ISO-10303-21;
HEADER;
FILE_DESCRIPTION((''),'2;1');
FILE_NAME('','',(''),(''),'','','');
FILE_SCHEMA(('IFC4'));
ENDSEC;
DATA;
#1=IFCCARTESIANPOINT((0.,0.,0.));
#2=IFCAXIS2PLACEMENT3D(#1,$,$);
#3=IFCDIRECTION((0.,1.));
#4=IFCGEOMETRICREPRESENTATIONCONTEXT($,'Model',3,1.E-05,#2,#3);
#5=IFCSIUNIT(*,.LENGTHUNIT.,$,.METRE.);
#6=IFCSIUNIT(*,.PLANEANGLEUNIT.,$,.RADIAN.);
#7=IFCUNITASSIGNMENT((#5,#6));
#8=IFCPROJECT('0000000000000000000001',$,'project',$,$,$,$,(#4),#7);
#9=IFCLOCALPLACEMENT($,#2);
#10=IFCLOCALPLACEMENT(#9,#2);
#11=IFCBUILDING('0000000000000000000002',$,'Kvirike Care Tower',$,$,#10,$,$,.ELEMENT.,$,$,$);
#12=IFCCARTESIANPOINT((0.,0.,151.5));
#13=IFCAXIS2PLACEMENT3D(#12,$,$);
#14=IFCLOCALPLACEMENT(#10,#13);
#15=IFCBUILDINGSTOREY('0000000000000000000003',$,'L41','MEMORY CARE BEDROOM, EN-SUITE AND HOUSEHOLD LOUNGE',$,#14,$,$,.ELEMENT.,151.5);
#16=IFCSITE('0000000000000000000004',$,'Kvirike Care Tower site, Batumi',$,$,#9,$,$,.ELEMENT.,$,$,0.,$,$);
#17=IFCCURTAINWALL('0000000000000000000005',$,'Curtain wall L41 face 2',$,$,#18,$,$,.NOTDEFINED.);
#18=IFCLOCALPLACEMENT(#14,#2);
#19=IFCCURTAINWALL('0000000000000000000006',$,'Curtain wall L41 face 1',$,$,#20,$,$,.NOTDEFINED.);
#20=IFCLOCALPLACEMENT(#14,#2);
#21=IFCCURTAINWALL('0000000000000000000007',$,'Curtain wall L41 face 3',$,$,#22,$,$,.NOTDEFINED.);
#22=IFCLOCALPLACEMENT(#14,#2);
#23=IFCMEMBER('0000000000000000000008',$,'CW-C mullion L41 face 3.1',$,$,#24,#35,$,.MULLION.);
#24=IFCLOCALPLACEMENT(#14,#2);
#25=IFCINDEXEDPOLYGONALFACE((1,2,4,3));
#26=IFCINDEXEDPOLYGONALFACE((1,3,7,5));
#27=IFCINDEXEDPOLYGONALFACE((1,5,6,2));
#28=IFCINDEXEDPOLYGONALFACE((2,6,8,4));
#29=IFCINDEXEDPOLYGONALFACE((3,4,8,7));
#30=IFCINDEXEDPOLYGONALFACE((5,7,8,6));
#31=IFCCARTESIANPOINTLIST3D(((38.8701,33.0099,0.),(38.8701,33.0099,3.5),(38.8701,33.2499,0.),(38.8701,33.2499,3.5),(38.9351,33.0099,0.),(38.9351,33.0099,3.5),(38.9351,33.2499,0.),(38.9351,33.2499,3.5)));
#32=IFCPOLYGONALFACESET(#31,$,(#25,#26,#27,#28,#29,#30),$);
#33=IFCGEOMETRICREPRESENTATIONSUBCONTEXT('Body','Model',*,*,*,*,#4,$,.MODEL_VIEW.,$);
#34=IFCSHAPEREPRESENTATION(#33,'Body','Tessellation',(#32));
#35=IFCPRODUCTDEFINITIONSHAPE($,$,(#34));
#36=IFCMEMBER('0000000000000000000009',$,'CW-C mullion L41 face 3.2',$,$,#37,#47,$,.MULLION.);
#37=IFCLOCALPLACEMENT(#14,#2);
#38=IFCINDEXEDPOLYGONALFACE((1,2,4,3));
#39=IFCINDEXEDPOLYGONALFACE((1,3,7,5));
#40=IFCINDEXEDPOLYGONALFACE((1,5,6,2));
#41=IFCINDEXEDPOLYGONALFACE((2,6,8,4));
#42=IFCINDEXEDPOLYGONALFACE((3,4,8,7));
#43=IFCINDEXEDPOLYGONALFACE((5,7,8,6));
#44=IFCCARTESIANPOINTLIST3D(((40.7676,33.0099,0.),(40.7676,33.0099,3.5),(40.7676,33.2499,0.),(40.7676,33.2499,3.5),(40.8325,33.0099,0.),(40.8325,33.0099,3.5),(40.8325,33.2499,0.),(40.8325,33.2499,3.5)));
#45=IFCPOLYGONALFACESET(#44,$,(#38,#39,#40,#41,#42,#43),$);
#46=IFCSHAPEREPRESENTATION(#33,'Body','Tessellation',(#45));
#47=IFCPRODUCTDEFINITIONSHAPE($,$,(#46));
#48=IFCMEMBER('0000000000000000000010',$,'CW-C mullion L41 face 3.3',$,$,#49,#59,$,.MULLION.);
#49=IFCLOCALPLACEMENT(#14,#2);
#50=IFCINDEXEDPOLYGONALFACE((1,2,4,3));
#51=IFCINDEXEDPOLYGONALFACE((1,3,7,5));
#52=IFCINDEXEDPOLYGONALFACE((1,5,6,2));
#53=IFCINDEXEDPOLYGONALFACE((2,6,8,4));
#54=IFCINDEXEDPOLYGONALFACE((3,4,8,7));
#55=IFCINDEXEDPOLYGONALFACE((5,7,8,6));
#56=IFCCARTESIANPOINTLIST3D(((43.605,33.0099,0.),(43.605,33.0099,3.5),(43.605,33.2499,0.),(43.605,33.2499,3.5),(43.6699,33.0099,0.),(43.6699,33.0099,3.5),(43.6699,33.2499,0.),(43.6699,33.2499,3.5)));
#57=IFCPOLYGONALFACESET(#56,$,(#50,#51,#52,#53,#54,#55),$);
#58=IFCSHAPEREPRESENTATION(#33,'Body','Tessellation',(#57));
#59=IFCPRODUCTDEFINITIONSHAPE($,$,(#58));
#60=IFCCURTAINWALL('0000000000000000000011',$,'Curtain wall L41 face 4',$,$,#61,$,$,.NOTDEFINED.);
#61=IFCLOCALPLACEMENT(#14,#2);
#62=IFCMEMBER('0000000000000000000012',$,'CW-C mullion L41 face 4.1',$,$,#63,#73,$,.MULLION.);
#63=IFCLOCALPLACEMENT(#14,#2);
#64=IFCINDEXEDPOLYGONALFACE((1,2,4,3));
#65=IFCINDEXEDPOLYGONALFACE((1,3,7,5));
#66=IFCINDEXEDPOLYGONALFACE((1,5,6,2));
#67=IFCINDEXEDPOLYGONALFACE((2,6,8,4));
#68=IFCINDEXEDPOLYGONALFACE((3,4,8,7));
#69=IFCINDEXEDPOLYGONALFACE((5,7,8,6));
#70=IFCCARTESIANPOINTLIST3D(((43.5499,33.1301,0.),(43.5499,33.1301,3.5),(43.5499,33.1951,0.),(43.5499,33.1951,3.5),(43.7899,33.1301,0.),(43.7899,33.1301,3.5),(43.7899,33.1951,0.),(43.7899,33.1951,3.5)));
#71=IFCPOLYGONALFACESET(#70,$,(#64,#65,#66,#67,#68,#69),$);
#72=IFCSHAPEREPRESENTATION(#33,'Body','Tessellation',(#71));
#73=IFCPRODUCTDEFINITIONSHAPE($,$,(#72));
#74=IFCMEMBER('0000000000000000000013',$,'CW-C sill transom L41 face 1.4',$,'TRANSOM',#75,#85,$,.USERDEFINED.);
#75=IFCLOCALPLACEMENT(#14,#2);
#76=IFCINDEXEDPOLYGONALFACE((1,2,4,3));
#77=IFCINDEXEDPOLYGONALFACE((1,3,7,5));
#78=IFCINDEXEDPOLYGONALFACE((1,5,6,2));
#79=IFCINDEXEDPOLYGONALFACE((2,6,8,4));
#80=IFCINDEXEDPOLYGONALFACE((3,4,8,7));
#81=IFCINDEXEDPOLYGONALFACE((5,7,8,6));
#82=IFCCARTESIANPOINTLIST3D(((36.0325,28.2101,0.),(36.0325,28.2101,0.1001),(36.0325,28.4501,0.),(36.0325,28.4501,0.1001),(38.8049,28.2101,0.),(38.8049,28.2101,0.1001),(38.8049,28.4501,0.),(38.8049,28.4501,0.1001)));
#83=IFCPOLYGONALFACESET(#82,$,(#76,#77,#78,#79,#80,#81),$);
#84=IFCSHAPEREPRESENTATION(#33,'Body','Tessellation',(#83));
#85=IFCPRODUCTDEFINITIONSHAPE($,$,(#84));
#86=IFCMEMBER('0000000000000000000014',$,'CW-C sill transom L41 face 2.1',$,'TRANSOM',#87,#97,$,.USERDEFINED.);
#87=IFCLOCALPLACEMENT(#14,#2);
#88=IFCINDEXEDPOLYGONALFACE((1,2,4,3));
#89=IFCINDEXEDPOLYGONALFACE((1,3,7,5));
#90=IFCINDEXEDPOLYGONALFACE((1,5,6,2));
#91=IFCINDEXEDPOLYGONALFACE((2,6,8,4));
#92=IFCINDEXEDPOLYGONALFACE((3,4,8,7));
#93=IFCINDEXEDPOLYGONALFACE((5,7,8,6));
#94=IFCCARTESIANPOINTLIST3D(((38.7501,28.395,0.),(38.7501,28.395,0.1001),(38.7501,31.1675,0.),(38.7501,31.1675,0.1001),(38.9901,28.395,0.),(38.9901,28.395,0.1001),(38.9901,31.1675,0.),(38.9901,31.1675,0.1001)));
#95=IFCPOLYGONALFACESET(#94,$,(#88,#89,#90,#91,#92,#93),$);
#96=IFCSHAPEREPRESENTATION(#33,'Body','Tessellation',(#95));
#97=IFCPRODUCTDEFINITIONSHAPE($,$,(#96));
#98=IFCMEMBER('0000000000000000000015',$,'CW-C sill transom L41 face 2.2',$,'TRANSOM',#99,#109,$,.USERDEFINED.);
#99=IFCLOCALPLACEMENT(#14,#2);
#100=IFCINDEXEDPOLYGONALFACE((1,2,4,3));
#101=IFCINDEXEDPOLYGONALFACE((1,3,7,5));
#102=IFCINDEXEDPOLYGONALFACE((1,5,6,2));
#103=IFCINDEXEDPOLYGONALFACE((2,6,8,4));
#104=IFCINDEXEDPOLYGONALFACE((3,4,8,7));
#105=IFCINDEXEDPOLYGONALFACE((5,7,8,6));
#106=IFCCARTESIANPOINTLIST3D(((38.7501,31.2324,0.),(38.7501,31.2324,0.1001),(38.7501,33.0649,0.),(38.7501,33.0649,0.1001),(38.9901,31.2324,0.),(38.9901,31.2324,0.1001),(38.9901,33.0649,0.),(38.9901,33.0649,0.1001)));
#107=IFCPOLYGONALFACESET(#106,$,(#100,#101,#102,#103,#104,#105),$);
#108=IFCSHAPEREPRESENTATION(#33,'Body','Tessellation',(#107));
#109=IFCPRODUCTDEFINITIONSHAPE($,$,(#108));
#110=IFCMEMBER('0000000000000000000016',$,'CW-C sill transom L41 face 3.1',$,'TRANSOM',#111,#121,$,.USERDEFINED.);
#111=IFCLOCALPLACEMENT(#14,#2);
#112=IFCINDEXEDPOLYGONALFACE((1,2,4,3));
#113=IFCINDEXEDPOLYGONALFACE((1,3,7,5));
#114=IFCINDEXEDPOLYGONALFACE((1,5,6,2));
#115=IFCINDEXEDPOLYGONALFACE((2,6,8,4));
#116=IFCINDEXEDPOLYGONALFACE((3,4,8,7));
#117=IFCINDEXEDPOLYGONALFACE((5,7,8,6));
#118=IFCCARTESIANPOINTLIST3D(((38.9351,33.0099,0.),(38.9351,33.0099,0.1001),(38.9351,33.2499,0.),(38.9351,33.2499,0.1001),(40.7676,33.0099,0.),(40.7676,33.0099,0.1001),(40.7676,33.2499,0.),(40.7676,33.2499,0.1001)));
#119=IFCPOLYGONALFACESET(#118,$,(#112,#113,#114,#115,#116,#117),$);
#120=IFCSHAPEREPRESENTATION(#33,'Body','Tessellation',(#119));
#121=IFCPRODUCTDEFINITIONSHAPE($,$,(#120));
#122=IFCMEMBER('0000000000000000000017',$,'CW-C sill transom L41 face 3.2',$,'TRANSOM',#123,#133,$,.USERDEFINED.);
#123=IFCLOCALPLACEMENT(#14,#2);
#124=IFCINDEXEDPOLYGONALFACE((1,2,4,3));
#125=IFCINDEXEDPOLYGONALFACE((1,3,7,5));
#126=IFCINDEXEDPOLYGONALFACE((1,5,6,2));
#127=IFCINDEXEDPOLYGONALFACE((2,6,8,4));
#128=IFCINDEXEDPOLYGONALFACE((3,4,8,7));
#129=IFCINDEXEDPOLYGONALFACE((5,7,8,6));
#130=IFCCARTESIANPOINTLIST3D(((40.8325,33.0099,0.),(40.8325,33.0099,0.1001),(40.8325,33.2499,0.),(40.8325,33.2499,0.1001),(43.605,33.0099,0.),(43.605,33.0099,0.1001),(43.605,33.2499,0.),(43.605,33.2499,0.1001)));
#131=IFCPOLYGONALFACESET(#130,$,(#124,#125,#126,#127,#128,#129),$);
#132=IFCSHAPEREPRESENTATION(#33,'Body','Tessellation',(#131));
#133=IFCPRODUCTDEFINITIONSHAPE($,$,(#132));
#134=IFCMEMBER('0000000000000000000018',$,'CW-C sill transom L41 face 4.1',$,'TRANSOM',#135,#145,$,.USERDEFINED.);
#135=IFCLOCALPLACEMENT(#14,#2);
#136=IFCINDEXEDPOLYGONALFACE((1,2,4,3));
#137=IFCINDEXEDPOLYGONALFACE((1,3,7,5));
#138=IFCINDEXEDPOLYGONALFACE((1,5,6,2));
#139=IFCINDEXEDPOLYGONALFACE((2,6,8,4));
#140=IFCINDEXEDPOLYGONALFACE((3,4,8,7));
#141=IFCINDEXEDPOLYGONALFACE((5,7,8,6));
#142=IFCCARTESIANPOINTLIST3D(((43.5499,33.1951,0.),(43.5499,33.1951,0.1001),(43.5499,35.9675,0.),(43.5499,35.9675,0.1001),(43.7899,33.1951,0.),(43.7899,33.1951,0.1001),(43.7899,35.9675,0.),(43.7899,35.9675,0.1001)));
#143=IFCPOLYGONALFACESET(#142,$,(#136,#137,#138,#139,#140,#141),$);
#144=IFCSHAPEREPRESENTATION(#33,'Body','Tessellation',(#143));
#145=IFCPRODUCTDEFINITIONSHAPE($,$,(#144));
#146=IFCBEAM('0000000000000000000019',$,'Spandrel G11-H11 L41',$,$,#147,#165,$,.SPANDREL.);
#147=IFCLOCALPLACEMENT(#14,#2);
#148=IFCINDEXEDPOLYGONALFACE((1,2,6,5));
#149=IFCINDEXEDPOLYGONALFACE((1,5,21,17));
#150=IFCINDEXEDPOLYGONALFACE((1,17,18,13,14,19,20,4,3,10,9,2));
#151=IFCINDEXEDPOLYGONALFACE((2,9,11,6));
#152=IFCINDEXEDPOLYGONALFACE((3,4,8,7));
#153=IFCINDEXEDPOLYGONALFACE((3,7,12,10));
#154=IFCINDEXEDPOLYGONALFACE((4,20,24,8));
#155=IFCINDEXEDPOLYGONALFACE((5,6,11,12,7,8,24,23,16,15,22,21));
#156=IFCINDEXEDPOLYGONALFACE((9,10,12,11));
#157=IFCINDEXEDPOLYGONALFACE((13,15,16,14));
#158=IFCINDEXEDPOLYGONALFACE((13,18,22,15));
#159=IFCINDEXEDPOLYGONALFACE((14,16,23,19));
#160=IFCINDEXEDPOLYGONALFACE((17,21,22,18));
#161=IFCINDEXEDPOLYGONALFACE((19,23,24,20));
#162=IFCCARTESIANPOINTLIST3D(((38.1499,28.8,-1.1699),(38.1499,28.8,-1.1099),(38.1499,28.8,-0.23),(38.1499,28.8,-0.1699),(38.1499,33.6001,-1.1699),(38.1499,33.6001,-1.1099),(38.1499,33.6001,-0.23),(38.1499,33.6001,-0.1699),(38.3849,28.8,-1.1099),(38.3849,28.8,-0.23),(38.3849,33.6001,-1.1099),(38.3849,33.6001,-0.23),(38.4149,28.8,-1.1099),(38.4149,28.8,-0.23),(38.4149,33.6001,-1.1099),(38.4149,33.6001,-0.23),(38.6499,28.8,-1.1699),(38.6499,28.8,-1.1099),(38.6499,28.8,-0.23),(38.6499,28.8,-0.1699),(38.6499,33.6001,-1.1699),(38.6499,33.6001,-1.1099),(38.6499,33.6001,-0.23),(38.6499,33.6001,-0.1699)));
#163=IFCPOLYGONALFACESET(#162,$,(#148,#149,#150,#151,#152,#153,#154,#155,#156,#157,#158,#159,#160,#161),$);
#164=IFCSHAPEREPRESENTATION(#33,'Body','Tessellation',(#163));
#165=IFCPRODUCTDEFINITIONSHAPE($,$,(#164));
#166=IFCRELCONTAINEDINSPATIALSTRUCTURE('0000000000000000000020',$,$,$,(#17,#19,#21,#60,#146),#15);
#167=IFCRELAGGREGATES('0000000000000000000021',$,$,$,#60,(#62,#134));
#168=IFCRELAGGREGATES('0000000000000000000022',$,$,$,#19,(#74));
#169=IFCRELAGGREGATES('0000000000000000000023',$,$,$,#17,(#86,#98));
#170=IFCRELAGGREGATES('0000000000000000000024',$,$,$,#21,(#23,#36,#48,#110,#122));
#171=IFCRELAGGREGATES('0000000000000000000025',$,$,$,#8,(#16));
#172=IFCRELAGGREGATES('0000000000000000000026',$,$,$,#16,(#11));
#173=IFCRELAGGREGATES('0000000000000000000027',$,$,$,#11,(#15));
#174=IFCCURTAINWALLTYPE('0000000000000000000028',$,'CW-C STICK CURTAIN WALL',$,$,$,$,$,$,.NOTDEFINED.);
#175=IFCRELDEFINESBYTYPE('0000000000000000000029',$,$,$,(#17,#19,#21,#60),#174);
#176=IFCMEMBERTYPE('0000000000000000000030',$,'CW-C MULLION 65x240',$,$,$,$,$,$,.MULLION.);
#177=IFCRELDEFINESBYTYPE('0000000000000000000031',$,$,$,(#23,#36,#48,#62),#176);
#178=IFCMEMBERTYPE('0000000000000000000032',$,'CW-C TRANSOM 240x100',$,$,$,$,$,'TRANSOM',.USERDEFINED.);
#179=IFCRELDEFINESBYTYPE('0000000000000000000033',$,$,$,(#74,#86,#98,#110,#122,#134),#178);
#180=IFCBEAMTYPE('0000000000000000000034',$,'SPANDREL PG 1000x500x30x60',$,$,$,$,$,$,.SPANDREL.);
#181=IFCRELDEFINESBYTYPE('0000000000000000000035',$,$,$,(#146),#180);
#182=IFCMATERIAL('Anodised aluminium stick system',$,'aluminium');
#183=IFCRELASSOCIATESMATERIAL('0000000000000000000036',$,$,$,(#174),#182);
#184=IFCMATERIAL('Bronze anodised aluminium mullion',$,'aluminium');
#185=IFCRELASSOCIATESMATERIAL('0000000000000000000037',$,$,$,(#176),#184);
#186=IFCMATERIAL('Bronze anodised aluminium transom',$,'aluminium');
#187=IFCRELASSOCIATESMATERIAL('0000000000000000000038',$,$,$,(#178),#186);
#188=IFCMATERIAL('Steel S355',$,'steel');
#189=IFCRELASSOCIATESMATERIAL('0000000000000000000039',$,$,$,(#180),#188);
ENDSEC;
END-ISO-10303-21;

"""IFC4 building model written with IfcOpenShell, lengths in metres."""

from ifc_helpers import new_model, si_unit, direction, frame, origin, origin_2d, place, context, subcontext, project, spatial, rectangle, i_section, extrude, material, material_profile, profile_set, type_object, element, aggregate, save


model = new_model("IFC4")

# Units and contexts
model_context = context("Model", 3, precision=1e-05, world=origin(), true_north=direction((0.0, 1.0)))
body_context = subcontext(model_context, "Body", "Model", "MODEL_VIEW")
ifc_project = project(units=[si_unit("LENGTHUNIT", "METRE"), si_unit("PLANEANGLEUNIT", "RADIAN")], contexts=[model_context])

# Site, building, storey
site_placement = place(None, origin())
site = spatial("IfcSite", under=ifc_project, at=site_placement, Name="Kvirike Care Tower site, Batumi", CompositionType="ELEMENT", RefElevation=0.0)
building_placement = place(site_placement, origin())
building = spatial("IfcBuilding", under=site, at=building_placement, Name="Kvirike Care Tower", CompositionType="ELEMENT")
storey_placement = place(building_placement, frame((0.0, 0.0, 151.5)))
storey = spatial("IfcBuildingStorey", under=building, at=storey_placement, Name="L41", Description="MEMORY CARE BEDROOM, EN-SUITE AND HOUSEHOLD LOUNGE", CompositionType="ELEMENT", Elevation=151.5)

# Curtain wall
ifc_material_1 = material(Name="Anodised aluminium stick system", Category="aluminium")
curtain_wall_type = type_object("IfcCurtainWallType", Name="CW-C STICK CURTAIN WALL", PredefinedType="NOTDEFINED", material=ifc_material_1)
curtain_wall_1_placement = place(storey_placement, origin())
curtain_wall_1 = element("IfcCurtainWall", 1, at=curtain_wall_1_placement, inside=storey, type_object=curtain_wall_type, Name="Curtain wall L41 face 2", PredefinedType="NOTDEFINED")

# Curtain wall
curtain_wall_2_placement = place(storey_placement, origin())
curtain_wall_2 = element("IfcCurtainWall", 2, at=curtain_wall_2_placement, inside=storey, type_object=curtain_wall_type, Name="Curtain wall L41 face 1", PredefinedType="NOTDEFINED")
ifc_material_2 = material(Name="Bronze anodised aluminium mullion", Category="aluminium")
ifc_material_profile_1 = material_profile(ifc_material_2, rectangle(XDim=0.0649, YDim=0.24, at=origin_2d()), Name="CW-C MULLION 65x240")
ifc_profile_set_1 = profile_set([ifc_material_profile_1], Name="Bronze anodised aluminium mullion")
member_type_1 = type_object("IfcMemberType", Name="CW-C MULLION 65x240", PredefinedType="MULLION", material=ifc_profile_set_1)

# Curtain wall, members
curtain_wall_3_placement = place(storey_placement, origin())
curtain_wall_3 = element("IfcCurtainWall", 3, at=curtain_wall_3_placement, inside=storey, type_object=curtain_wall_type, Name="Curtain wall L41 face 3", PredefinedType="NOTDEFINED")
member_1_placement = place(storey_placement, frame((38.9026, 33.1299, 0.0), z_axis=(0.0, 0.0, 1.0), x_axis=(1.0, 0.0, 0.0)))
member_1 = element("IfcMember", 4, at=member_1_placement, type_object=member_type_1, Name="CW-C mullion L41 face 3.1", PredefinedType="MULLION", context=body_context, shape_type="SweptSolid", body=[
    extrude(rectangle(XDim=0.0649, YDim=0.24, at=origin_2d()), origin(), (0.0, 0.0, 1.0), 3.5),
])
member_2_placement = place(storey_placement, frame((40.8, 33.1299, 0.0), z_axis=(0.0, 0.0, 1.0), x_axis=(1.0, 0.0, 0.0)))
member_2 = element("IfcMember", 5, at=member_2_placement, type_object=member_type_1, Name="CW-C mullion L41 face 3.2", PredefinedType="MULLION", context=body_context, shape_type="SweptSolid", body=[
    extrude(rectangle(XDim=0.0649, YDim=0.24, at=origin_2d()), origin(), (0.0, 0.0, 1.0), 3.5),
])
member_3_placement = place(storey_placement, frame((43.6375, 33.1299, 0.0), z_axis=(0.0, 0.0, 1.0), x_axis=(1.0, 0.0, 0.0)))
member_3 = element("IfcMember", 6, at=member_3_placement, type_object=member_type_1, Name="CW-C mullion L41 face 3.3", PredefinedType="MULLION", context=body_context, shape_type="SweptSolid", body=[
    extrude(rectangle(XDim=0.0649, YDim=0.24, at=origin_2d()), origin(), (0.0, 0.0, 1.0), 3.5),
])

# Curtain wall, member
curtain_wall_4_placement = place(storey_placement, origin())
curtain_wall_4 = element("IfcCurtainWall", 7, at=curtain_wall_4_placement, inside=storey, type_object=curtain_wall_type, Name="Curtain wall L41 face 4", PredefinedType="NOTDEFINED")
member_4_placement = place(storey_placement, frame((43.6699, 33.1626, 0.0), z_axis=(0.0, 0.0, 1.0), x_axis=(0.0, 1.0, 0.0)))
member_4 = element("IfcMember", 8, at=member_4_placement, type_object=member_type_1, Name="CW-C mullion L41 face 4.1", PredefinedType="MULLION", context=body_context, shape_type="SweptSolid", body=[
    extrude(rectangle(XDim=0.0649, YDim=0.24, at=origin_2d()), origin(), (0.0, 0.0, 1.0), 3.5),
])

# Members
ifc_material_3 = material(Name="Bronze anodised aluminium transom", Category="aluminium")
ifc_material_profile_2 = material_profile(ifc_material_3, rectangle(XDim=0.24, YDim=0.1001, at=origin_2d()), Name="CW-C TRANSOM 240x100")
ifc_profile_set_2 = profile_set([ifc_material_profile_2], Name="Bronze anodised aluminium transom")
member_type_2 = type_object("IfcMemberType", Name="CW-C TRANSOM 240x100", ElementType="TRANSOM", PredefinedType="USERDEFINED", material=ifc_profile_set_2)
member_5_placement = place(storey_placement, frame((36.0325, 28.3301, 0.05), z_axis=(1.0, 0.0, 0.0), x_axis=(0.0, 1.0, 0.0)))
member_5 = element("IfcMember", 9, at=member_5_placement, type_object=member_type_2, Name="CW-C sill transom L41 face 1.4", ObjectType="TRANSOM", PredefinedType="USERDEFINED", context=body_context, shape_type="SweptSolid", body=[
    extrude(rectangle(XDim=0.24, YDim=0.1001, at=origin_2d()), origin(), (0.0, 0.0, 1.0), 2.7725),
])
member_6_placement = place(storey_placement, frame((38.8701, 28.395, 0.05), z_axis=(0.0, 1.0, 0.0), x_axis=(-1.0, 0.0, 0.0)))
member_6 = element("IfcMember", 10, at=member_6_placement, type_object=member_type_2, Name="CW-C sill transom L41 face 2.1", ObjectType="TRANSOM", PredefinedType="USERDEFINED", context=body_context, shape_type="SweptSolid", body=[
    extrude(rectangle(XDim=0.24, YDim=0.1001, at=origin_2d()), origin(), (0.0, 0.0, 1.0), 2.7725),
])
member_7_placement = place(storey_placement, frame((38.8701, 31.2324, 0.05), z_axis=(0.0, 1.0, 0.0), x_axis=(-1.0, 0.0, 0.0)))
member_7 = element("IfcMember", 11, at=member_7_placement, type_object=member_type_2, Name="CW-C sill transom L41 face 2.2", ObjectType="TRANSOM", PredefinedType="USERDEFINED", context=body_context, shape_type="SweptSolid", body=[
    extrude(rectangle(XDim=0.24, YDim=0.1001, at=origin_2d()), origin(), (0.0, 0.0, 1.0), 1.8325),
])
member_8_placement = place(storey_placement, frame((38.9351, 33.1299, 0.05), z_axis=(1.0, 0.0, 0.0), x_axis=(0.0, 1.0, 0.0)))
member_8 = element("IfcMember", 12, at=member_8_placement, type_object=member_type_2, Name="CW-C sill transom L41 face 3.1", ObjectType="TRANSOM", PredefinedType="USERDEFINED", context=body_context, shape_type="SweptSolid", body=[
    extrude(rectangle(XDim=0.24, YDim=0.1001, at=origin_2d()), origin(), (0.0, 0.0, 1.0), 1.8325),
])
member_9_placement = place(storey_placement, frame((40.8325, 33.1299, 0.05), z_axis=(1.0, 0.0, 0.0), x_axis=(0.0, 1.0, 0.0)))
member_9 = element("IfcMember", 13, at=member_9_placement, type_object=member_type_2, Name="CW-C sill transom L41 face 3.2", ObjectType="TRANSOM", PredefinedType="USERDEFINED", context=body_context, shape_type="SweptSolid", body=[
    extrude(rectangle(XDim=0.24, YDim=0.1001, at=origin_2d()), origin(), (0.0, 0.0, 1.0), 2.7725),
])
member_10_placement = place(storey_placement, frame((43.6699, 33.1951, 0.05), z_axis=(0.0, 1.0, 0.0), x_axis=(-1.0, 0.0, 0.0)))
member_10 = element("IfcMember", 14, at=member_10_placement, type_object=member_type_2, Name="CW-C sill transom L41 face 4.1", ObjectType="TRANSOM", PredefinedType="USERDEFINED", context=body_context, shape_type="SweptSolid", body=[
    extrude(rectangle(XDim=0.24, YDim=0.1001, at=origin_2d()), origin(), (0.0, 0.0, 1.0), 2.7725),
])
aggregate(curtain_wall_4, [member_4, member_10])

# Beam
ifc_material_4 = material(Name="Steel S355", Category="steel")
ifc_material_profile_3 = material_profile(ifc_material_4, i_section(OverallWidth=0.5, OverallDepth=1.0, WebThickness=0.03, FlangeThickness=0.0601, at=origin_2d()), Name="PG 1000x500x30x60")
ifc_profile_set_3 = profile_set([ifc_material_profile_3], Name="Steel S355")
beam_type_1 = type_object("IfcBeamType", Name="SPANDREL PG 1000x500x30x60", PredefinedType="SPANDREL", material=ifc_profile_set_3)
beam_1_placement = place(storey_placement, frame((38.3999, 28.8, -0.6699), z_axis=(0.0, 1.0, 0.0), x_axis=(-1.0, 0.0, 0.0)))
element("IfcBeam", 15, at=beam_1_placement, inside=storey, type_object=beam_type_1, Name="Spandrel G11-H11 L41", PredefinedType="SPANDREL", context=body_context, shape_type="SweptSolid", body=[
    extrude(i_section(OverallWidth=0.5, OverallDepth=1.0, WebThickness=0.03, FlangeThickness=0.0601, at=origin_2d()), origin(), (0.0, 0.0, 1.0), 4.8),
])

aggregate(curtain_wall_2, [member_5])
aggregate(curtain_wall_1, [member_6, member_7])
aggregate(curtain_wall_3, [member_1, member_2, member_3, member_8, member_9])

save(model, "model.ifc")
